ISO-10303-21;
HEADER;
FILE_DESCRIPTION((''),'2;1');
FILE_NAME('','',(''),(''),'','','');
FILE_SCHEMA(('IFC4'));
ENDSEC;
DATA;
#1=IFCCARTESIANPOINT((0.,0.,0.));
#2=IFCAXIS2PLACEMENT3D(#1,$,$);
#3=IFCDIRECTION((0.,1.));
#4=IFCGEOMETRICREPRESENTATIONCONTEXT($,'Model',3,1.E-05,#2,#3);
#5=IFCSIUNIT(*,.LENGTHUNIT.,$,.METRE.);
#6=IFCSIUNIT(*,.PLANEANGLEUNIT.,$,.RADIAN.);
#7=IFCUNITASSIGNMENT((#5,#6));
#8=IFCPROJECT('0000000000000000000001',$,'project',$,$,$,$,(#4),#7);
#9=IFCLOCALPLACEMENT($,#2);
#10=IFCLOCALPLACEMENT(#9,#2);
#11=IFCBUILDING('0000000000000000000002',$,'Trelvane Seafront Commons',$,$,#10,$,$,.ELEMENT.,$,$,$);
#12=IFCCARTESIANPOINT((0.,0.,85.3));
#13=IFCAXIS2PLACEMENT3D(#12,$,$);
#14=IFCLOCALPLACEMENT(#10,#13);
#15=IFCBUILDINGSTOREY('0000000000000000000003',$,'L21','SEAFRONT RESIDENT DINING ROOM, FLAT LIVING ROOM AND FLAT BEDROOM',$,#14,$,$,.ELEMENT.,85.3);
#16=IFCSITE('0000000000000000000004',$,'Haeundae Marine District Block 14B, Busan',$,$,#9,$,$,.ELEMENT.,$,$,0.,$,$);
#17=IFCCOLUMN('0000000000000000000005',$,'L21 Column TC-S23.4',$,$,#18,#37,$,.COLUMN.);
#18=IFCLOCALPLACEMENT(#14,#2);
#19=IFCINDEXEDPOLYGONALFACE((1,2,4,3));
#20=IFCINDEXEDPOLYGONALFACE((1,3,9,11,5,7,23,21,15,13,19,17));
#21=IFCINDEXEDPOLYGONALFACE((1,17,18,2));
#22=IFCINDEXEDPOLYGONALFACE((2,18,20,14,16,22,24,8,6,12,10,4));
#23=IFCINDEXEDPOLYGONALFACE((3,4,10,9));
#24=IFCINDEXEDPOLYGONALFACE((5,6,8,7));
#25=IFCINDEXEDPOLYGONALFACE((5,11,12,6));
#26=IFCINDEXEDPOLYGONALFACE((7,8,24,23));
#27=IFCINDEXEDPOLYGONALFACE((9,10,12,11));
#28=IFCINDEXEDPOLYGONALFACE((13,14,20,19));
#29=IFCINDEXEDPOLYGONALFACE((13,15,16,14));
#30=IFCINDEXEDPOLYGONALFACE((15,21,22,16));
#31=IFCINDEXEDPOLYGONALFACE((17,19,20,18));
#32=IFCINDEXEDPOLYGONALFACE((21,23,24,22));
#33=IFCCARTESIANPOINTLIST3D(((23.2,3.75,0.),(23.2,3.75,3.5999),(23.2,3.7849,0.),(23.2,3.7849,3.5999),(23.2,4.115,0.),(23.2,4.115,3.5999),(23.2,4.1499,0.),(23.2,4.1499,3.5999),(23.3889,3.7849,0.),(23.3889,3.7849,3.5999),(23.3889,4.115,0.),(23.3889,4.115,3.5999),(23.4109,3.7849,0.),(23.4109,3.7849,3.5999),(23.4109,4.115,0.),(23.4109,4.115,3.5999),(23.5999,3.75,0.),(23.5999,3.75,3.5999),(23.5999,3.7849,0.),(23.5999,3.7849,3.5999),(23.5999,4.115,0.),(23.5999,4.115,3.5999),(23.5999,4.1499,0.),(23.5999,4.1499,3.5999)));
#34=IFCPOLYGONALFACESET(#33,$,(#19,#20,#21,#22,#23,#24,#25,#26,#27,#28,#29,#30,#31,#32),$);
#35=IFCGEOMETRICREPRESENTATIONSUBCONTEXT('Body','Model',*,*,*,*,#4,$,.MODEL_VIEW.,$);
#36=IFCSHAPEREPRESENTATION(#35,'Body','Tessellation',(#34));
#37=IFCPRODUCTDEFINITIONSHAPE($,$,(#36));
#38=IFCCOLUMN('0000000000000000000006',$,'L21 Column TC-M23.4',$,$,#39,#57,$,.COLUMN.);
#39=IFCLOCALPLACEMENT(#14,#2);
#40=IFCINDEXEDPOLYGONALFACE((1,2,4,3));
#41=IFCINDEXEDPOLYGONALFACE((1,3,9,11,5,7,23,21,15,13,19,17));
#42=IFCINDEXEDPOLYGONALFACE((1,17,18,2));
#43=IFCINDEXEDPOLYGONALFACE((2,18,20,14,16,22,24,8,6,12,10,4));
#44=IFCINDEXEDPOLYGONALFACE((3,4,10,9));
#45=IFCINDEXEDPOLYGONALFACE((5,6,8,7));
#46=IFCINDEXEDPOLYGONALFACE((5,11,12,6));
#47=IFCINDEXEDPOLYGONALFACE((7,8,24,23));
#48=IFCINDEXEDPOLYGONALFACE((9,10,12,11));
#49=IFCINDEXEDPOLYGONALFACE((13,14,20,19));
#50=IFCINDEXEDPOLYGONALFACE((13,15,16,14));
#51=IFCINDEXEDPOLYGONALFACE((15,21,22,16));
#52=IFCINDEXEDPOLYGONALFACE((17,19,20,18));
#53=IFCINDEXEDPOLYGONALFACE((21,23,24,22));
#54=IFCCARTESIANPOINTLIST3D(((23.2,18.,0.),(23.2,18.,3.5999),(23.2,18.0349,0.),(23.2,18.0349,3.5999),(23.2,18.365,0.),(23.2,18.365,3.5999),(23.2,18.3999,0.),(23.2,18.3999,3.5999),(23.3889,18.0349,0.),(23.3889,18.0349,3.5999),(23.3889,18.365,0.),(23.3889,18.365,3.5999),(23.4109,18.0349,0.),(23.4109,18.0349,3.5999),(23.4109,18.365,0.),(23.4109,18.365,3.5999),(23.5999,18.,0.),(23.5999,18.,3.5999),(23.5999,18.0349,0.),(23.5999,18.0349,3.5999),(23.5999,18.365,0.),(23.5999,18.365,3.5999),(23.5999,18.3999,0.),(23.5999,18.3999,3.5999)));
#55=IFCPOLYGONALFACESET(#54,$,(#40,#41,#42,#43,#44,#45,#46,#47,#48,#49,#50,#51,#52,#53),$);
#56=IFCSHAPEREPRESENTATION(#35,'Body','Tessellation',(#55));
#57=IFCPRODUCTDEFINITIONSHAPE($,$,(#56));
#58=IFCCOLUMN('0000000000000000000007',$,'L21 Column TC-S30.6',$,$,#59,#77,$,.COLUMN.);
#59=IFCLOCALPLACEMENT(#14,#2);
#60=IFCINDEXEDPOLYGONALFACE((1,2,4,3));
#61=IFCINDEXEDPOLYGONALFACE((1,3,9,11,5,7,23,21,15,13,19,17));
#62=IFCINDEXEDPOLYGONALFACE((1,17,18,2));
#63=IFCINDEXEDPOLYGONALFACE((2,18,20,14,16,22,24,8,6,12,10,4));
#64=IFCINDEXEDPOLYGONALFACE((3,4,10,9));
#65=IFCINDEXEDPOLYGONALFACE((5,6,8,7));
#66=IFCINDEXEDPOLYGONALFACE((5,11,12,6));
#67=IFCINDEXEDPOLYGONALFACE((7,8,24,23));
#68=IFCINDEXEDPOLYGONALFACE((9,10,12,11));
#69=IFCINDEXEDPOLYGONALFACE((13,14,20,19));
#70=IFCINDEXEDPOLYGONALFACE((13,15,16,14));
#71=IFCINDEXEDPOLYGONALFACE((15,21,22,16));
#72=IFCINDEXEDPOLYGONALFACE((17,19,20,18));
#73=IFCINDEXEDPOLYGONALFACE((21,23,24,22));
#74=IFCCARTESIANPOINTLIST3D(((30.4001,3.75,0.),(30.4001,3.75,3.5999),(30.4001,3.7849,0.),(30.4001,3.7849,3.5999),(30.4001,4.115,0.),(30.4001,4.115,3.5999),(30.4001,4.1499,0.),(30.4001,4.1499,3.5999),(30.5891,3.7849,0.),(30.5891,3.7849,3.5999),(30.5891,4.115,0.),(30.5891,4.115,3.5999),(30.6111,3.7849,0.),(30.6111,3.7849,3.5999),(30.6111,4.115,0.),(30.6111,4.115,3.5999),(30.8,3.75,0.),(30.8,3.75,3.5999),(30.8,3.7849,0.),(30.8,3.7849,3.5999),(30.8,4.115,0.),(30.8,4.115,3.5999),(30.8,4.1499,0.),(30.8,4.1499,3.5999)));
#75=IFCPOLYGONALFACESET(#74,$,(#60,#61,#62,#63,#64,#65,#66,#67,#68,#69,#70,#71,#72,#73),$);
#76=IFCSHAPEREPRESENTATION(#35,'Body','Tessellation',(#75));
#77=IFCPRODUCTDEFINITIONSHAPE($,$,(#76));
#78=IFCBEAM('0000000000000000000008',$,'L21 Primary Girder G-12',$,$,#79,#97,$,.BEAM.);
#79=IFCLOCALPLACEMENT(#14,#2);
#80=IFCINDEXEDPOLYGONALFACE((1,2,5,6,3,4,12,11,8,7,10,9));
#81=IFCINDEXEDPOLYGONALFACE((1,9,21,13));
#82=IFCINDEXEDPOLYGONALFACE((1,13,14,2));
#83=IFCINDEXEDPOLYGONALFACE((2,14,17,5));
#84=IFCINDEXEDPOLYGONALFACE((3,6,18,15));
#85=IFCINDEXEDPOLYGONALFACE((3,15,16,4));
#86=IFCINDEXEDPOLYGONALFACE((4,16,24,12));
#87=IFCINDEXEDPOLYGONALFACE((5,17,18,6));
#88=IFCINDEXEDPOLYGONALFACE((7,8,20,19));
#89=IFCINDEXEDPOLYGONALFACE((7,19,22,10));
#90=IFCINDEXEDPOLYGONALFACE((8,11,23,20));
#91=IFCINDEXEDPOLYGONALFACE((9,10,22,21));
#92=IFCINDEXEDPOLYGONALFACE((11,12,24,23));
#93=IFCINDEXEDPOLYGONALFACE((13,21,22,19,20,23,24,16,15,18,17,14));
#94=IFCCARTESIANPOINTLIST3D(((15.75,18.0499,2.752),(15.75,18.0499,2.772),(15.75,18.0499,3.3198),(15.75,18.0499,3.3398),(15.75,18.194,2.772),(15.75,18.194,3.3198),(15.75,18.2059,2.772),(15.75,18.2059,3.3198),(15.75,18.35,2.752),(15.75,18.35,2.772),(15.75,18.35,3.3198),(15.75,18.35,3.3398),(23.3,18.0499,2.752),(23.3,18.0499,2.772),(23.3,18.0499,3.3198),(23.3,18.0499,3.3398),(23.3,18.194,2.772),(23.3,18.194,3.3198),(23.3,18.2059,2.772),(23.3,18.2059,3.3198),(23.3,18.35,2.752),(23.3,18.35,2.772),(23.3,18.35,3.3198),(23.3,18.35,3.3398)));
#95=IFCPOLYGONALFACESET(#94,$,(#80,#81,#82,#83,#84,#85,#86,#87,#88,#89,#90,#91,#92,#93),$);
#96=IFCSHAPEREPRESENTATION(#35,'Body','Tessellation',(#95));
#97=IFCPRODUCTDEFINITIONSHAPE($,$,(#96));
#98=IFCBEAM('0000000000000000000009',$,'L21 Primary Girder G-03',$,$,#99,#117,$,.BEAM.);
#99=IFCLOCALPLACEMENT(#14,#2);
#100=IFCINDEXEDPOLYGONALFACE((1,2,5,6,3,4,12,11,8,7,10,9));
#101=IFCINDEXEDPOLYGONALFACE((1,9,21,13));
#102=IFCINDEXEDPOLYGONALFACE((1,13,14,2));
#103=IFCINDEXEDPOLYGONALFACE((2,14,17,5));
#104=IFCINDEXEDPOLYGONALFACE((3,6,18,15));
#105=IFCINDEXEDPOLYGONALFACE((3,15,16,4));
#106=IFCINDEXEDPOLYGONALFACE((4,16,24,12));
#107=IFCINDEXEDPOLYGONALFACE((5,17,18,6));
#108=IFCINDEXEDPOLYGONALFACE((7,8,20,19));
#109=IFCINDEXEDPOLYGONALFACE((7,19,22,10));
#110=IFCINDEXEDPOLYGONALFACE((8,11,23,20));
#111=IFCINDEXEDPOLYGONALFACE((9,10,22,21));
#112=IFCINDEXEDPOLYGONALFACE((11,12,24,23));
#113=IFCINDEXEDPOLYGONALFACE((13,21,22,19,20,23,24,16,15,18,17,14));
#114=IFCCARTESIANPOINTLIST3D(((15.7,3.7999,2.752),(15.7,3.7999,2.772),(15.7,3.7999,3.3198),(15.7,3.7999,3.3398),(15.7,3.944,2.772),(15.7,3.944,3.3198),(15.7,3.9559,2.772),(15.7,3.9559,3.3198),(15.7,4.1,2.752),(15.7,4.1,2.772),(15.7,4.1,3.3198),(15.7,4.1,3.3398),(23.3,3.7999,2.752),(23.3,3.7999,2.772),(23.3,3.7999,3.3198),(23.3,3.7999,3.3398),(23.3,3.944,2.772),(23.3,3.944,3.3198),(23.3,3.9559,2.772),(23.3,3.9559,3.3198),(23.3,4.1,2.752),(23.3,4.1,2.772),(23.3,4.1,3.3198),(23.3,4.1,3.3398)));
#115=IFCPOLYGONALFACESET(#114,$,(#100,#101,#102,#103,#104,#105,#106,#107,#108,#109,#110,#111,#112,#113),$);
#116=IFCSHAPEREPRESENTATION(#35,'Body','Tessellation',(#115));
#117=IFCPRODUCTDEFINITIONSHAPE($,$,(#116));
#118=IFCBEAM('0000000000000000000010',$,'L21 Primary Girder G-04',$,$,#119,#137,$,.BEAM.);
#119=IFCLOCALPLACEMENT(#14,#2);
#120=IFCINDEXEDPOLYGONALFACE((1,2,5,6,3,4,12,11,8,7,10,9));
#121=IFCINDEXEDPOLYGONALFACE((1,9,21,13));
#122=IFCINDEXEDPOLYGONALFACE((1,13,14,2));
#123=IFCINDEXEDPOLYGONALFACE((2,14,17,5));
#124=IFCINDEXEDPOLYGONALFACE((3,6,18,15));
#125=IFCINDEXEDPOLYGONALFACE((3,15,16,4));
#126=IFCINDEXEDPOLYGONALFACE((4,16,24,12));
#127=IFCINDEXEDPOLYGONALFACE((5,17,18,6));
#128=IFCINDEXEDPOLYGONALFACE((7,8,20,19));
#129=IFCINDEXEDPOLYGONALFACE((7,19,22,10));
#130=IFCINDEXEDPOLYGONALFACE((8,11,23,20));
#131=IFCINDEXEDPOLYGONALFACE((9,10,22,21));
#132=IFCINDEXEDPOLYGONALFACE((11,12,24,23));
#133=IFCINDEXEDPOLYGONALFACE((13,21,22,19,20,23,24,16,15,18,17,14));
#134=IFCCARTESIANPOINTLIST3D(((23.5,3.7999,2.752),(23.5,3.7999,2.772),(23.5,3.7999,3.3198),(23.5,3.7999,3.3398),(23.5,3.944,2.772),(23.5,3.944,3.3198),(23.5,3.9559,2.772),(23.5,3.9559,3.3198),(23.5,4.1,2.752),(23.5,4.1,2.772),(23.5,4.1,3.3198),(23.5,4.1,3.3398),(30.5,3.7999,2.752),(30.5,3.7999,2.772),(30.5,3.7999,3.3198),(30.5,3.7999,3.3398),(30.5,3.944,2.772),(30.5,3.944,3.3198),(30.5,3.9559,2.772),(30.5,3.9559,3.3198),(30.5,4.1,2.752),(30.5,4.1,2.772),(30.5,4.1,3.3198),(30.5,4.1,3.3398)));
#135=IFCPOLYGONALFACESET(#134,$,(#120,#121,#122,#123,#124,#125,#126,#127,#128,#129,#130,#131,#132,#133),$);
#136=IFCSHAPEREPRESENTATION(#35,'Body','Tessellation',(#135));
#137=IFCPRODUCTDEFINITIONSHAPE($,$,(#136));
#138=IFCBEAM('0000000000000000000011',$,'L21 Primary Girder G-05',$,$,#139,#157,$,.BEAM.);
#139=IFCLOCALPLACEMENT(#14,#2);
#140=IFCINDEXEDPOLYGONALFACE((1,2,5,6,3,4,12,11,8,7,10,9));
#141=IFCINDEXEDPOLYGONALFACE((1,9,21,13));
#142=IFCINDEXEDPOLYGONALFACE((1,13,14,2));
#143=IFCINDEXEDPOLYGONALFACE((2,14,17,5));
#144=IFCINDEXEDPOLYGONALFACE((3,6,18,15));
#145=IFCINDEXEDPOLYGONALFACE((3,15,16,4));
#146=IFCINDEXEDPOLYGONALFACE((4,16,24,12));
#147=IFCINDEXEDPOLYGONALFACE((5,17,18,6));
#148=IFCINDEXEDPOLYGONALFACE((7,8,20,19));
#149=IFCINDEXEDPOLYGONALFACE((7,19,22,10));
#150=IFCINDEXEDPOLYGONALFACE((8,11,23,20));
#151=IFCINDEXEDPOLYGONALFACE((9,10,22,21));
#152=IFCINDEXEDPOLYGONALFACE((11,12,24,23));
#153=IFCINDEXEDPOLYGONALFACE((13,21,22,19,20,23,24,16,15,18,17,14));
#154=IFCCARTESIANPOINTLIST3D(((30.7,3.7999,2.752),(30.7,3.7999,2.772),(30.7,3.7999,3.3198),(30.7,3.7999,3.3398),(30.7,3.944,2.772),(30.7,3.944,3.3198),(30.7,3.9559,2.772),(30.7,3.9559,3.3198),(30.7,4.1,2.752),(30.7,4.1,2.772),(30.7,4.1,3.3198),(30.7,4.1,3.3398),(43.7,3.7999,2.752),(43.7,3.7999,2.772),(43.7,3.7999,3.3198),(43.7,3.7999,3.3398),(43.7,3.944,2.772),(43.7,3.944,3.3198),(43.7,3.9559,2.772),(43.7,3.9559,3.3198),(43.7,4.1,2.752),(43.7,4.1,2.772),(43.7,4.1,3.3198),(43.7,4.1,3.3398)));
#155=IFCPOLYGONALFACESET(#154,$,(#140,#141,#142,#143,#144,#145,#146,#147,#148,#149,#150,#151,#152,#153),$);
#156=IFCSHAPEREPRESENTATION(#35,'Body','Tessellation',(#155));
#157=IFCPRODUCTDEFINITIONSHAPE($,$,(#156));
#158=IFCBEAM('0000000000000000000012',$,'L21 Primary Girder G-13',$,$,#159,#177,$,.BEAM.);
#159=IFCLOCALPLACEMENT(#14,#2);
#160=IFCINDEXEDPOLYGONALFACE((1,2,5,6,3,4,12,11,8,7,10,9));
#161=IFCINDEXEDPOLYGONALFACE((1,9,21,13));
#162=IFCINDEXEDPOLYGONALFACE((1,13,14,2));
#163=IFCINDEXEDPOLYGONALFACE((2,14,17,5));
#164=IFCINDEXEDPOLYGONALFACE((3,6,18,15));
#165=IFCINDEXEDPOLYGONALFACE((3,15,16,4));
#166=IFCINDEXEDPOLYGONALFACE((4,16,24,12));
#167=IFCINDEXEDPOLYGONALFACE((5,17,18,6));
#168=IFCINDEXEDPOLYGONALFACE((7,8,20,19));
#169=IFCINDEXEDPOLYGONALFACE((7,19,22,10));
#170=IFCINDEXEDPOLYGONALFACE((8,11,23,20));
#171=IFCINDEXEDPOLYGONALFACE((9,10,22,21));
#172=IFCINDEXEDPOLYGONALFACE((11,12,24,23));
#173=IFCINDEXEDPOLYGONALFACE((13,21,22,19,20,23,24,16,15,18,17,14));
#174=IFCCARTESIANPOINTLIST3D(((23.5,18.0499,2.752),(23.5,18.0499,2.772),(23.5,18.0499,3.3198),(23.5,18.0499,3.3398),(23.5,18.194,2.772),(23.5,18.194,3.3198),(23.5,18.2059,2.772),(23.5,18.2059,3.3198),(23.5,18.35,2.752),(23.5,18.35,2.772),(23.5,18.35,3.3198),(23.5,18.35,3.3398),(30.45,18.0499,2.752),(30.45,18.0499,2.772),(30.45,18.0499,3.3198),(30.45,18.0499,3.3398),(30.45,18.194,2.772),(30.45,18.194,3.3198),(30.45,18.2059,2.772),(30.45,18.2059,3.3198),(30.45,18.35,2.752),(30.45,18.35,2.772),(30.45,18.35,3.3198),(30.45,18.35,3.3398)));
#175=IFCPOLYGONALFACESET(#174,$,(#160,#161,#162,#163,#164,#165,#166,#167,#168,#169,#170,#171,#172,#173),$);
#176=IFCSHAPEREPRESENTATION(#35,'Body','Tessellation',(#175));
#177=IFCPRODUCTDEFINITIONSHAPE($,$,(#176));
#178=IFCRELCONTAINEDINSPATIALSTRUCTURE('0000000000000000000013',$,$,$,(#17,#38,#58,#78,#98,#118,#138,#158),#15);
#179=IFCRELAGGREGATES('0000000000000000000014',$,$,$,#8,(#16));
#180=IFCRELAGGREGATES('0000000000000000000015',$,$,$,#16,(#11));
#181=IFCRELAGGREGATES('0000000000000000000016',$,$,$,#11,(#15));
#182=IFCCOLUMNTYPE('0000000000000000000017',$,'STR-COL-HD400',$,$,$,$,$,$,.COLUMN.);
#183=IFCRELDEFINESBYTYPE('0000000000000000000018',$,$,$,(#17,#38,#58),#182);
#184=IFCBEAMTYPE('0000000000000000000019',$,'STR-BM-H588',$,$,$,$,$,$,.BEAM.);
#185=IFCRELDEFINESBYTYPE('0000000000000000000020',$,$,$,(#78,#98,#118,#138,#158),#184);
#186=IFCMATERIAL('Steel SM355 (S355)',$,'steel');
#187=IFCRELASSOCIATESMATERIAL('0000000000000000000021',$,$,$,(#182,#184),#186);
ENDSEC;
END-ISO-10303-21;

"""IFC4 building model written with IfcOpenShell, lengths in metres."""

from ifc_helpers import new_model, si_unit, direction, frame, origin, origin_2d, place, context, subcontext, project, spatial, i_section, extrude, source, transform, mapped, material, material_profile, profile_set, type_object, element, save


model = new_model("IFC4")

# Units and contexts
model_context = context("Model", 3, precision=1e-05, world=origin(), true_north=direction((0.0, 1.0)))
body_context = subcontext(model_context, "Body", "Model", "MODEL_VIEW")
ifc_project = project(units=[si_unit("LENGTHUNIT", "METRE"), si_unit("PLANEANGLEUNIT", "RADIAN")], contexts=[model_context])

# Site, building, storey
site_placement = place(None, origin())
site = spatial("IfcSite", under=ifc_project, at=site_placement, Name="Haeundae Marine District Block 14B, Busan", CompositionType="ELEMENT", RefElevation=0.0)
building_placement = place(site_placement, origin())
building = spatial("IfcBuilding", under=site, at=building_placement, Name="Trelvane Seafront Commons", CompositionType="ELEMENT")
storey_placement = place(building_placement, frame((0.0, 0.0, 85.3)))
storey = spatial("IfcBuildingStorey", under=building, at=storey_placement, Name="L21", Description="SEAFRONT RESIDENT DINING ROOM, FLAT LIVING ROOM AND FLAT BEDROOM", CompositionType="ELEMENT", Elevation=85.3)

# Columns
ifc_material_1 = material(Name="Steel SM355 (S355)", Category="steel")
ifc_material_profile_1 = material_profile(ifc_material_1, i_section(OverallWidth=0.3999, OverallDepth=0.3999, WebThickness=0.022, FlangeThickness=0.0349, at=origin_2d()), Name="HD-400x400x22x35")
ifc_profile_set_1 = profile_set([ifc_material_profile_1], Name="Steel SM355 (S355)")
column_type = type_object("IfcColumnType", Name="STR-COL-HD400", PredefinedType="COLUMN", material=ifc_profile_set_1)
shared_shape_1 = source(origin(), body_context, "Body", "SweptSolid", [
    extrude(i_section(OverallWidth=0.3999, OverallDepth=0.3999, WebThickness=0.022, FlangeThickness=0.0349, at=origin_2d()), origin(), (0.0, 0.0, 1.0), 3.5999),
])
for number, where, z_axis, x_axis, name in (
    (1, (23.3999, 3.95, 0.0), (0.0, 0.0, 1.0), (1.0, 0.0, 0.0), "L21 Column TC-S23.4"),
    (2, (23.3999, 18.2, 0.0), (0.0, 0.0, 1.0), (1.0, 0.0, 0.0), "L21 Column TC-M23.4"),
    (3, (30.6001, 3.95, 0.0), (0.0, 0.0, 1.0), (1.0, 0.0, 0.0), "L21 Column TC-S30.6"),
):
    element("IfcColumn", number, at=place(storey_placement, frame(where, z_axis=z_axis, x_axis=x_axis)), inside=storey, type_object=column_type, Name=name, PredefinedType="COLUMN", context=body_context, shape_type="MappedRepresentation", body=[
        mapped(shared_shape_1, transform((0.0, 0.0, 0.0), x_axis=(1.0, 0.0, 0.0), y_axis=(0.0, 1.0, 0.0), z_axis=(0.0, 0.0, 1.0), scale=1.0)),
    ])

# Beams
ifc_material_profile_2 = material_profile(ifc_material_1, i_section(OverallWidth=0.3, OverallDepth=0.5879, WebThickness=0.012, FlangeThickness=0.02, at=origin_2d()), Name="H-588x300x12x20")
ifc_profile_set_2 = profile_set([ifc_material_profile_2], Name="Steel SM355 (S355)")
beam_type_1 = type_object("IfcBeamType", Name="STR-BM-H588", PredefinedType="BEAM", material=ifc_profile_set_2)
shared_shape_2 = source(origin(), body_context, "Body", "SweptSolid", [
    extrude(i_section(OverallWidth=0.3, OverallDepth=0.5879, WebThickness=0.012, FlangeThickness=0.02, at=origin_2d()), origin(), (0.0, 0.0, 1.0), 7.55),
])
beam_1_placement = place(storey_placement, frame((15.75, 18.2, 3.0459), z_axis=(1.0, 0.0, 0.0), x_axis=(0.0, 1.0, 0.0)))
element("IfcBeam", 4, at=beam_1_placement, inside=storey, type_object=beam_type_1, Name="L21 Primary Girder G-12", PredefinedType="BEAM", context=body_context, shape_type="MappedRepresentation", body=[
    mapped(shared_shape_2, transform((0.0, 0.0, 0.0), x_axis=(1.0, 0.0, 0.0), y_axis=(0.0, 1.0, 0.0), z_axis=(0.0, 0.0, 1.0), scale=1.0)),
])
shared_shape_3 = source(origin(), body_context, "Body", "SweptSolid", [
    extrude(i_section(OverallWidth=0.3, OverallDepth=0.5879, WebThickness=0.012, FlangeThickness=0.02, at=origin_2d()), origin(), (0.0, 0.0, 1.0), 7.6001),
])
beam_2_placement = place(storey_placement, frame((15.7, 3.95, 3.0459), z_axis=(1.0, 0.0, 0.0), x_axis=(0.0, 1.0, 0.0)))
element("IfcBeam", 5, at=beam_2_placement, inside=storey, type_object=beam_type_1, Name="L21 Primary Girder G-03", PredefinedType="BEAM", context=body_context, shape_type="MappedRepresentation", body=[
    mapped(shared_shape_3, transform((0.0, 0.0, 0.0), x_axis=(1.0, 0.0, 0.0), y_axis=(0.0, 1.0, 0.0), z_axis=(0.0, 0.0, 1.0), scale=1.0)),
])
shared_shape_4 = source(origin(), body_context, "Body", "SweptSolid", [
    extrude(i_section(OverallWidth=0.3, OverallDepth=0.5879, WebThickness=0.012, FlangeThickness=0.02, at=origin_2d()), origin(), (0.0, 0.0, 1.0), 7.0),
])
beam_3_placement = place(storey_placement, frame((23.5, 3.95, 3.0459), z_axis=(1.0, 0.0, 0.0), x_axis=(0.0, 1.0, 0.0)))
element("IfcBeam", 6, at=beam_3_placement, inside=storey, type_object=beam_type_1, Name="L21 Primary Girder G-04", PredefinedType="BEAM", context=body_context, shape_type="MappedRepresentation", body=[
    mapped(shared_shape_4, transform((0.0, 0.0, 0.0), x_axis=(1.0, 0.0, 0.0), y_axis=(0.0, 1.0, 0.0), z_axis=(0.0, 0.0, 1.0), scale=1.0)),
])
shared_shape_5 = source(origin(), body_context, "Body", "SweptSolid", [
    extrude(i_section(OverallWidth=0.3, OverallDepth=0.5879, WebThickness=0.012, FlangeThickness=0.02, at=origin_2d()), origin(), (0.0, 0.0, 1.0), 13.0),
])
beam_4_placement = place(storey_placement, frame((30.7, 3.95, 3.0459), z_axis=(1.0, 0.0, 0.0), x_axis=(0.0, 1.0, 0.0)))
element("IfcBeam", 7, at=beam_4_placement, inside=storey, type_object=beam_type_1, Name="L21 Primary Girder G-05", PredefinedType="BEAM", context=body_context, shape_type="MappedRepresentation", body=[
    mapped(shared_shape_5, transform((0.0, 0.0, 0.0), x_axis=(1.0, 0.0, 0.0), y_axis=(0.0, 1.0, 0.0), z_axis=(0.0, 0.0, 1.0), scale=1.0)),
])
shared_shape_6 = source(origin(), body_context, "Body", "SweptSolid", [
    extrude(i_section(OverallWidth=0.3, OverallDepth=0.5879, WebThickness=0.012, FlangeThickness=0.02, at=origin_2d()), origin(), (0.0, 0.0, 1.0), 6.95),
])
beam_5_placement = place(storey_placement, frame((23.5, 18.2, 3.0459), z_axis=(1.0, 0.0, 0.0), x_axis=(0.0, 1.0, 0.0)))
element("IfcBeam", 8, at=beam_5_placement, inside=storey, type_object=beam_type_1, Name="L21 Primary Girder G-13", PredefinedType="BEAM", context=body_context, shape_type="MappedRepresentation", body=[
    mapped(shared_shape_6, transform((0.0, 0.0, 0.0), x_axis=(1.0, 0.0, 0.0), y_axis=(0.0, 1.0, 0.0), z_axis=(0.0, 0.0, 1.0), scale=1.0)),
])

save(model, "model.ifc")
